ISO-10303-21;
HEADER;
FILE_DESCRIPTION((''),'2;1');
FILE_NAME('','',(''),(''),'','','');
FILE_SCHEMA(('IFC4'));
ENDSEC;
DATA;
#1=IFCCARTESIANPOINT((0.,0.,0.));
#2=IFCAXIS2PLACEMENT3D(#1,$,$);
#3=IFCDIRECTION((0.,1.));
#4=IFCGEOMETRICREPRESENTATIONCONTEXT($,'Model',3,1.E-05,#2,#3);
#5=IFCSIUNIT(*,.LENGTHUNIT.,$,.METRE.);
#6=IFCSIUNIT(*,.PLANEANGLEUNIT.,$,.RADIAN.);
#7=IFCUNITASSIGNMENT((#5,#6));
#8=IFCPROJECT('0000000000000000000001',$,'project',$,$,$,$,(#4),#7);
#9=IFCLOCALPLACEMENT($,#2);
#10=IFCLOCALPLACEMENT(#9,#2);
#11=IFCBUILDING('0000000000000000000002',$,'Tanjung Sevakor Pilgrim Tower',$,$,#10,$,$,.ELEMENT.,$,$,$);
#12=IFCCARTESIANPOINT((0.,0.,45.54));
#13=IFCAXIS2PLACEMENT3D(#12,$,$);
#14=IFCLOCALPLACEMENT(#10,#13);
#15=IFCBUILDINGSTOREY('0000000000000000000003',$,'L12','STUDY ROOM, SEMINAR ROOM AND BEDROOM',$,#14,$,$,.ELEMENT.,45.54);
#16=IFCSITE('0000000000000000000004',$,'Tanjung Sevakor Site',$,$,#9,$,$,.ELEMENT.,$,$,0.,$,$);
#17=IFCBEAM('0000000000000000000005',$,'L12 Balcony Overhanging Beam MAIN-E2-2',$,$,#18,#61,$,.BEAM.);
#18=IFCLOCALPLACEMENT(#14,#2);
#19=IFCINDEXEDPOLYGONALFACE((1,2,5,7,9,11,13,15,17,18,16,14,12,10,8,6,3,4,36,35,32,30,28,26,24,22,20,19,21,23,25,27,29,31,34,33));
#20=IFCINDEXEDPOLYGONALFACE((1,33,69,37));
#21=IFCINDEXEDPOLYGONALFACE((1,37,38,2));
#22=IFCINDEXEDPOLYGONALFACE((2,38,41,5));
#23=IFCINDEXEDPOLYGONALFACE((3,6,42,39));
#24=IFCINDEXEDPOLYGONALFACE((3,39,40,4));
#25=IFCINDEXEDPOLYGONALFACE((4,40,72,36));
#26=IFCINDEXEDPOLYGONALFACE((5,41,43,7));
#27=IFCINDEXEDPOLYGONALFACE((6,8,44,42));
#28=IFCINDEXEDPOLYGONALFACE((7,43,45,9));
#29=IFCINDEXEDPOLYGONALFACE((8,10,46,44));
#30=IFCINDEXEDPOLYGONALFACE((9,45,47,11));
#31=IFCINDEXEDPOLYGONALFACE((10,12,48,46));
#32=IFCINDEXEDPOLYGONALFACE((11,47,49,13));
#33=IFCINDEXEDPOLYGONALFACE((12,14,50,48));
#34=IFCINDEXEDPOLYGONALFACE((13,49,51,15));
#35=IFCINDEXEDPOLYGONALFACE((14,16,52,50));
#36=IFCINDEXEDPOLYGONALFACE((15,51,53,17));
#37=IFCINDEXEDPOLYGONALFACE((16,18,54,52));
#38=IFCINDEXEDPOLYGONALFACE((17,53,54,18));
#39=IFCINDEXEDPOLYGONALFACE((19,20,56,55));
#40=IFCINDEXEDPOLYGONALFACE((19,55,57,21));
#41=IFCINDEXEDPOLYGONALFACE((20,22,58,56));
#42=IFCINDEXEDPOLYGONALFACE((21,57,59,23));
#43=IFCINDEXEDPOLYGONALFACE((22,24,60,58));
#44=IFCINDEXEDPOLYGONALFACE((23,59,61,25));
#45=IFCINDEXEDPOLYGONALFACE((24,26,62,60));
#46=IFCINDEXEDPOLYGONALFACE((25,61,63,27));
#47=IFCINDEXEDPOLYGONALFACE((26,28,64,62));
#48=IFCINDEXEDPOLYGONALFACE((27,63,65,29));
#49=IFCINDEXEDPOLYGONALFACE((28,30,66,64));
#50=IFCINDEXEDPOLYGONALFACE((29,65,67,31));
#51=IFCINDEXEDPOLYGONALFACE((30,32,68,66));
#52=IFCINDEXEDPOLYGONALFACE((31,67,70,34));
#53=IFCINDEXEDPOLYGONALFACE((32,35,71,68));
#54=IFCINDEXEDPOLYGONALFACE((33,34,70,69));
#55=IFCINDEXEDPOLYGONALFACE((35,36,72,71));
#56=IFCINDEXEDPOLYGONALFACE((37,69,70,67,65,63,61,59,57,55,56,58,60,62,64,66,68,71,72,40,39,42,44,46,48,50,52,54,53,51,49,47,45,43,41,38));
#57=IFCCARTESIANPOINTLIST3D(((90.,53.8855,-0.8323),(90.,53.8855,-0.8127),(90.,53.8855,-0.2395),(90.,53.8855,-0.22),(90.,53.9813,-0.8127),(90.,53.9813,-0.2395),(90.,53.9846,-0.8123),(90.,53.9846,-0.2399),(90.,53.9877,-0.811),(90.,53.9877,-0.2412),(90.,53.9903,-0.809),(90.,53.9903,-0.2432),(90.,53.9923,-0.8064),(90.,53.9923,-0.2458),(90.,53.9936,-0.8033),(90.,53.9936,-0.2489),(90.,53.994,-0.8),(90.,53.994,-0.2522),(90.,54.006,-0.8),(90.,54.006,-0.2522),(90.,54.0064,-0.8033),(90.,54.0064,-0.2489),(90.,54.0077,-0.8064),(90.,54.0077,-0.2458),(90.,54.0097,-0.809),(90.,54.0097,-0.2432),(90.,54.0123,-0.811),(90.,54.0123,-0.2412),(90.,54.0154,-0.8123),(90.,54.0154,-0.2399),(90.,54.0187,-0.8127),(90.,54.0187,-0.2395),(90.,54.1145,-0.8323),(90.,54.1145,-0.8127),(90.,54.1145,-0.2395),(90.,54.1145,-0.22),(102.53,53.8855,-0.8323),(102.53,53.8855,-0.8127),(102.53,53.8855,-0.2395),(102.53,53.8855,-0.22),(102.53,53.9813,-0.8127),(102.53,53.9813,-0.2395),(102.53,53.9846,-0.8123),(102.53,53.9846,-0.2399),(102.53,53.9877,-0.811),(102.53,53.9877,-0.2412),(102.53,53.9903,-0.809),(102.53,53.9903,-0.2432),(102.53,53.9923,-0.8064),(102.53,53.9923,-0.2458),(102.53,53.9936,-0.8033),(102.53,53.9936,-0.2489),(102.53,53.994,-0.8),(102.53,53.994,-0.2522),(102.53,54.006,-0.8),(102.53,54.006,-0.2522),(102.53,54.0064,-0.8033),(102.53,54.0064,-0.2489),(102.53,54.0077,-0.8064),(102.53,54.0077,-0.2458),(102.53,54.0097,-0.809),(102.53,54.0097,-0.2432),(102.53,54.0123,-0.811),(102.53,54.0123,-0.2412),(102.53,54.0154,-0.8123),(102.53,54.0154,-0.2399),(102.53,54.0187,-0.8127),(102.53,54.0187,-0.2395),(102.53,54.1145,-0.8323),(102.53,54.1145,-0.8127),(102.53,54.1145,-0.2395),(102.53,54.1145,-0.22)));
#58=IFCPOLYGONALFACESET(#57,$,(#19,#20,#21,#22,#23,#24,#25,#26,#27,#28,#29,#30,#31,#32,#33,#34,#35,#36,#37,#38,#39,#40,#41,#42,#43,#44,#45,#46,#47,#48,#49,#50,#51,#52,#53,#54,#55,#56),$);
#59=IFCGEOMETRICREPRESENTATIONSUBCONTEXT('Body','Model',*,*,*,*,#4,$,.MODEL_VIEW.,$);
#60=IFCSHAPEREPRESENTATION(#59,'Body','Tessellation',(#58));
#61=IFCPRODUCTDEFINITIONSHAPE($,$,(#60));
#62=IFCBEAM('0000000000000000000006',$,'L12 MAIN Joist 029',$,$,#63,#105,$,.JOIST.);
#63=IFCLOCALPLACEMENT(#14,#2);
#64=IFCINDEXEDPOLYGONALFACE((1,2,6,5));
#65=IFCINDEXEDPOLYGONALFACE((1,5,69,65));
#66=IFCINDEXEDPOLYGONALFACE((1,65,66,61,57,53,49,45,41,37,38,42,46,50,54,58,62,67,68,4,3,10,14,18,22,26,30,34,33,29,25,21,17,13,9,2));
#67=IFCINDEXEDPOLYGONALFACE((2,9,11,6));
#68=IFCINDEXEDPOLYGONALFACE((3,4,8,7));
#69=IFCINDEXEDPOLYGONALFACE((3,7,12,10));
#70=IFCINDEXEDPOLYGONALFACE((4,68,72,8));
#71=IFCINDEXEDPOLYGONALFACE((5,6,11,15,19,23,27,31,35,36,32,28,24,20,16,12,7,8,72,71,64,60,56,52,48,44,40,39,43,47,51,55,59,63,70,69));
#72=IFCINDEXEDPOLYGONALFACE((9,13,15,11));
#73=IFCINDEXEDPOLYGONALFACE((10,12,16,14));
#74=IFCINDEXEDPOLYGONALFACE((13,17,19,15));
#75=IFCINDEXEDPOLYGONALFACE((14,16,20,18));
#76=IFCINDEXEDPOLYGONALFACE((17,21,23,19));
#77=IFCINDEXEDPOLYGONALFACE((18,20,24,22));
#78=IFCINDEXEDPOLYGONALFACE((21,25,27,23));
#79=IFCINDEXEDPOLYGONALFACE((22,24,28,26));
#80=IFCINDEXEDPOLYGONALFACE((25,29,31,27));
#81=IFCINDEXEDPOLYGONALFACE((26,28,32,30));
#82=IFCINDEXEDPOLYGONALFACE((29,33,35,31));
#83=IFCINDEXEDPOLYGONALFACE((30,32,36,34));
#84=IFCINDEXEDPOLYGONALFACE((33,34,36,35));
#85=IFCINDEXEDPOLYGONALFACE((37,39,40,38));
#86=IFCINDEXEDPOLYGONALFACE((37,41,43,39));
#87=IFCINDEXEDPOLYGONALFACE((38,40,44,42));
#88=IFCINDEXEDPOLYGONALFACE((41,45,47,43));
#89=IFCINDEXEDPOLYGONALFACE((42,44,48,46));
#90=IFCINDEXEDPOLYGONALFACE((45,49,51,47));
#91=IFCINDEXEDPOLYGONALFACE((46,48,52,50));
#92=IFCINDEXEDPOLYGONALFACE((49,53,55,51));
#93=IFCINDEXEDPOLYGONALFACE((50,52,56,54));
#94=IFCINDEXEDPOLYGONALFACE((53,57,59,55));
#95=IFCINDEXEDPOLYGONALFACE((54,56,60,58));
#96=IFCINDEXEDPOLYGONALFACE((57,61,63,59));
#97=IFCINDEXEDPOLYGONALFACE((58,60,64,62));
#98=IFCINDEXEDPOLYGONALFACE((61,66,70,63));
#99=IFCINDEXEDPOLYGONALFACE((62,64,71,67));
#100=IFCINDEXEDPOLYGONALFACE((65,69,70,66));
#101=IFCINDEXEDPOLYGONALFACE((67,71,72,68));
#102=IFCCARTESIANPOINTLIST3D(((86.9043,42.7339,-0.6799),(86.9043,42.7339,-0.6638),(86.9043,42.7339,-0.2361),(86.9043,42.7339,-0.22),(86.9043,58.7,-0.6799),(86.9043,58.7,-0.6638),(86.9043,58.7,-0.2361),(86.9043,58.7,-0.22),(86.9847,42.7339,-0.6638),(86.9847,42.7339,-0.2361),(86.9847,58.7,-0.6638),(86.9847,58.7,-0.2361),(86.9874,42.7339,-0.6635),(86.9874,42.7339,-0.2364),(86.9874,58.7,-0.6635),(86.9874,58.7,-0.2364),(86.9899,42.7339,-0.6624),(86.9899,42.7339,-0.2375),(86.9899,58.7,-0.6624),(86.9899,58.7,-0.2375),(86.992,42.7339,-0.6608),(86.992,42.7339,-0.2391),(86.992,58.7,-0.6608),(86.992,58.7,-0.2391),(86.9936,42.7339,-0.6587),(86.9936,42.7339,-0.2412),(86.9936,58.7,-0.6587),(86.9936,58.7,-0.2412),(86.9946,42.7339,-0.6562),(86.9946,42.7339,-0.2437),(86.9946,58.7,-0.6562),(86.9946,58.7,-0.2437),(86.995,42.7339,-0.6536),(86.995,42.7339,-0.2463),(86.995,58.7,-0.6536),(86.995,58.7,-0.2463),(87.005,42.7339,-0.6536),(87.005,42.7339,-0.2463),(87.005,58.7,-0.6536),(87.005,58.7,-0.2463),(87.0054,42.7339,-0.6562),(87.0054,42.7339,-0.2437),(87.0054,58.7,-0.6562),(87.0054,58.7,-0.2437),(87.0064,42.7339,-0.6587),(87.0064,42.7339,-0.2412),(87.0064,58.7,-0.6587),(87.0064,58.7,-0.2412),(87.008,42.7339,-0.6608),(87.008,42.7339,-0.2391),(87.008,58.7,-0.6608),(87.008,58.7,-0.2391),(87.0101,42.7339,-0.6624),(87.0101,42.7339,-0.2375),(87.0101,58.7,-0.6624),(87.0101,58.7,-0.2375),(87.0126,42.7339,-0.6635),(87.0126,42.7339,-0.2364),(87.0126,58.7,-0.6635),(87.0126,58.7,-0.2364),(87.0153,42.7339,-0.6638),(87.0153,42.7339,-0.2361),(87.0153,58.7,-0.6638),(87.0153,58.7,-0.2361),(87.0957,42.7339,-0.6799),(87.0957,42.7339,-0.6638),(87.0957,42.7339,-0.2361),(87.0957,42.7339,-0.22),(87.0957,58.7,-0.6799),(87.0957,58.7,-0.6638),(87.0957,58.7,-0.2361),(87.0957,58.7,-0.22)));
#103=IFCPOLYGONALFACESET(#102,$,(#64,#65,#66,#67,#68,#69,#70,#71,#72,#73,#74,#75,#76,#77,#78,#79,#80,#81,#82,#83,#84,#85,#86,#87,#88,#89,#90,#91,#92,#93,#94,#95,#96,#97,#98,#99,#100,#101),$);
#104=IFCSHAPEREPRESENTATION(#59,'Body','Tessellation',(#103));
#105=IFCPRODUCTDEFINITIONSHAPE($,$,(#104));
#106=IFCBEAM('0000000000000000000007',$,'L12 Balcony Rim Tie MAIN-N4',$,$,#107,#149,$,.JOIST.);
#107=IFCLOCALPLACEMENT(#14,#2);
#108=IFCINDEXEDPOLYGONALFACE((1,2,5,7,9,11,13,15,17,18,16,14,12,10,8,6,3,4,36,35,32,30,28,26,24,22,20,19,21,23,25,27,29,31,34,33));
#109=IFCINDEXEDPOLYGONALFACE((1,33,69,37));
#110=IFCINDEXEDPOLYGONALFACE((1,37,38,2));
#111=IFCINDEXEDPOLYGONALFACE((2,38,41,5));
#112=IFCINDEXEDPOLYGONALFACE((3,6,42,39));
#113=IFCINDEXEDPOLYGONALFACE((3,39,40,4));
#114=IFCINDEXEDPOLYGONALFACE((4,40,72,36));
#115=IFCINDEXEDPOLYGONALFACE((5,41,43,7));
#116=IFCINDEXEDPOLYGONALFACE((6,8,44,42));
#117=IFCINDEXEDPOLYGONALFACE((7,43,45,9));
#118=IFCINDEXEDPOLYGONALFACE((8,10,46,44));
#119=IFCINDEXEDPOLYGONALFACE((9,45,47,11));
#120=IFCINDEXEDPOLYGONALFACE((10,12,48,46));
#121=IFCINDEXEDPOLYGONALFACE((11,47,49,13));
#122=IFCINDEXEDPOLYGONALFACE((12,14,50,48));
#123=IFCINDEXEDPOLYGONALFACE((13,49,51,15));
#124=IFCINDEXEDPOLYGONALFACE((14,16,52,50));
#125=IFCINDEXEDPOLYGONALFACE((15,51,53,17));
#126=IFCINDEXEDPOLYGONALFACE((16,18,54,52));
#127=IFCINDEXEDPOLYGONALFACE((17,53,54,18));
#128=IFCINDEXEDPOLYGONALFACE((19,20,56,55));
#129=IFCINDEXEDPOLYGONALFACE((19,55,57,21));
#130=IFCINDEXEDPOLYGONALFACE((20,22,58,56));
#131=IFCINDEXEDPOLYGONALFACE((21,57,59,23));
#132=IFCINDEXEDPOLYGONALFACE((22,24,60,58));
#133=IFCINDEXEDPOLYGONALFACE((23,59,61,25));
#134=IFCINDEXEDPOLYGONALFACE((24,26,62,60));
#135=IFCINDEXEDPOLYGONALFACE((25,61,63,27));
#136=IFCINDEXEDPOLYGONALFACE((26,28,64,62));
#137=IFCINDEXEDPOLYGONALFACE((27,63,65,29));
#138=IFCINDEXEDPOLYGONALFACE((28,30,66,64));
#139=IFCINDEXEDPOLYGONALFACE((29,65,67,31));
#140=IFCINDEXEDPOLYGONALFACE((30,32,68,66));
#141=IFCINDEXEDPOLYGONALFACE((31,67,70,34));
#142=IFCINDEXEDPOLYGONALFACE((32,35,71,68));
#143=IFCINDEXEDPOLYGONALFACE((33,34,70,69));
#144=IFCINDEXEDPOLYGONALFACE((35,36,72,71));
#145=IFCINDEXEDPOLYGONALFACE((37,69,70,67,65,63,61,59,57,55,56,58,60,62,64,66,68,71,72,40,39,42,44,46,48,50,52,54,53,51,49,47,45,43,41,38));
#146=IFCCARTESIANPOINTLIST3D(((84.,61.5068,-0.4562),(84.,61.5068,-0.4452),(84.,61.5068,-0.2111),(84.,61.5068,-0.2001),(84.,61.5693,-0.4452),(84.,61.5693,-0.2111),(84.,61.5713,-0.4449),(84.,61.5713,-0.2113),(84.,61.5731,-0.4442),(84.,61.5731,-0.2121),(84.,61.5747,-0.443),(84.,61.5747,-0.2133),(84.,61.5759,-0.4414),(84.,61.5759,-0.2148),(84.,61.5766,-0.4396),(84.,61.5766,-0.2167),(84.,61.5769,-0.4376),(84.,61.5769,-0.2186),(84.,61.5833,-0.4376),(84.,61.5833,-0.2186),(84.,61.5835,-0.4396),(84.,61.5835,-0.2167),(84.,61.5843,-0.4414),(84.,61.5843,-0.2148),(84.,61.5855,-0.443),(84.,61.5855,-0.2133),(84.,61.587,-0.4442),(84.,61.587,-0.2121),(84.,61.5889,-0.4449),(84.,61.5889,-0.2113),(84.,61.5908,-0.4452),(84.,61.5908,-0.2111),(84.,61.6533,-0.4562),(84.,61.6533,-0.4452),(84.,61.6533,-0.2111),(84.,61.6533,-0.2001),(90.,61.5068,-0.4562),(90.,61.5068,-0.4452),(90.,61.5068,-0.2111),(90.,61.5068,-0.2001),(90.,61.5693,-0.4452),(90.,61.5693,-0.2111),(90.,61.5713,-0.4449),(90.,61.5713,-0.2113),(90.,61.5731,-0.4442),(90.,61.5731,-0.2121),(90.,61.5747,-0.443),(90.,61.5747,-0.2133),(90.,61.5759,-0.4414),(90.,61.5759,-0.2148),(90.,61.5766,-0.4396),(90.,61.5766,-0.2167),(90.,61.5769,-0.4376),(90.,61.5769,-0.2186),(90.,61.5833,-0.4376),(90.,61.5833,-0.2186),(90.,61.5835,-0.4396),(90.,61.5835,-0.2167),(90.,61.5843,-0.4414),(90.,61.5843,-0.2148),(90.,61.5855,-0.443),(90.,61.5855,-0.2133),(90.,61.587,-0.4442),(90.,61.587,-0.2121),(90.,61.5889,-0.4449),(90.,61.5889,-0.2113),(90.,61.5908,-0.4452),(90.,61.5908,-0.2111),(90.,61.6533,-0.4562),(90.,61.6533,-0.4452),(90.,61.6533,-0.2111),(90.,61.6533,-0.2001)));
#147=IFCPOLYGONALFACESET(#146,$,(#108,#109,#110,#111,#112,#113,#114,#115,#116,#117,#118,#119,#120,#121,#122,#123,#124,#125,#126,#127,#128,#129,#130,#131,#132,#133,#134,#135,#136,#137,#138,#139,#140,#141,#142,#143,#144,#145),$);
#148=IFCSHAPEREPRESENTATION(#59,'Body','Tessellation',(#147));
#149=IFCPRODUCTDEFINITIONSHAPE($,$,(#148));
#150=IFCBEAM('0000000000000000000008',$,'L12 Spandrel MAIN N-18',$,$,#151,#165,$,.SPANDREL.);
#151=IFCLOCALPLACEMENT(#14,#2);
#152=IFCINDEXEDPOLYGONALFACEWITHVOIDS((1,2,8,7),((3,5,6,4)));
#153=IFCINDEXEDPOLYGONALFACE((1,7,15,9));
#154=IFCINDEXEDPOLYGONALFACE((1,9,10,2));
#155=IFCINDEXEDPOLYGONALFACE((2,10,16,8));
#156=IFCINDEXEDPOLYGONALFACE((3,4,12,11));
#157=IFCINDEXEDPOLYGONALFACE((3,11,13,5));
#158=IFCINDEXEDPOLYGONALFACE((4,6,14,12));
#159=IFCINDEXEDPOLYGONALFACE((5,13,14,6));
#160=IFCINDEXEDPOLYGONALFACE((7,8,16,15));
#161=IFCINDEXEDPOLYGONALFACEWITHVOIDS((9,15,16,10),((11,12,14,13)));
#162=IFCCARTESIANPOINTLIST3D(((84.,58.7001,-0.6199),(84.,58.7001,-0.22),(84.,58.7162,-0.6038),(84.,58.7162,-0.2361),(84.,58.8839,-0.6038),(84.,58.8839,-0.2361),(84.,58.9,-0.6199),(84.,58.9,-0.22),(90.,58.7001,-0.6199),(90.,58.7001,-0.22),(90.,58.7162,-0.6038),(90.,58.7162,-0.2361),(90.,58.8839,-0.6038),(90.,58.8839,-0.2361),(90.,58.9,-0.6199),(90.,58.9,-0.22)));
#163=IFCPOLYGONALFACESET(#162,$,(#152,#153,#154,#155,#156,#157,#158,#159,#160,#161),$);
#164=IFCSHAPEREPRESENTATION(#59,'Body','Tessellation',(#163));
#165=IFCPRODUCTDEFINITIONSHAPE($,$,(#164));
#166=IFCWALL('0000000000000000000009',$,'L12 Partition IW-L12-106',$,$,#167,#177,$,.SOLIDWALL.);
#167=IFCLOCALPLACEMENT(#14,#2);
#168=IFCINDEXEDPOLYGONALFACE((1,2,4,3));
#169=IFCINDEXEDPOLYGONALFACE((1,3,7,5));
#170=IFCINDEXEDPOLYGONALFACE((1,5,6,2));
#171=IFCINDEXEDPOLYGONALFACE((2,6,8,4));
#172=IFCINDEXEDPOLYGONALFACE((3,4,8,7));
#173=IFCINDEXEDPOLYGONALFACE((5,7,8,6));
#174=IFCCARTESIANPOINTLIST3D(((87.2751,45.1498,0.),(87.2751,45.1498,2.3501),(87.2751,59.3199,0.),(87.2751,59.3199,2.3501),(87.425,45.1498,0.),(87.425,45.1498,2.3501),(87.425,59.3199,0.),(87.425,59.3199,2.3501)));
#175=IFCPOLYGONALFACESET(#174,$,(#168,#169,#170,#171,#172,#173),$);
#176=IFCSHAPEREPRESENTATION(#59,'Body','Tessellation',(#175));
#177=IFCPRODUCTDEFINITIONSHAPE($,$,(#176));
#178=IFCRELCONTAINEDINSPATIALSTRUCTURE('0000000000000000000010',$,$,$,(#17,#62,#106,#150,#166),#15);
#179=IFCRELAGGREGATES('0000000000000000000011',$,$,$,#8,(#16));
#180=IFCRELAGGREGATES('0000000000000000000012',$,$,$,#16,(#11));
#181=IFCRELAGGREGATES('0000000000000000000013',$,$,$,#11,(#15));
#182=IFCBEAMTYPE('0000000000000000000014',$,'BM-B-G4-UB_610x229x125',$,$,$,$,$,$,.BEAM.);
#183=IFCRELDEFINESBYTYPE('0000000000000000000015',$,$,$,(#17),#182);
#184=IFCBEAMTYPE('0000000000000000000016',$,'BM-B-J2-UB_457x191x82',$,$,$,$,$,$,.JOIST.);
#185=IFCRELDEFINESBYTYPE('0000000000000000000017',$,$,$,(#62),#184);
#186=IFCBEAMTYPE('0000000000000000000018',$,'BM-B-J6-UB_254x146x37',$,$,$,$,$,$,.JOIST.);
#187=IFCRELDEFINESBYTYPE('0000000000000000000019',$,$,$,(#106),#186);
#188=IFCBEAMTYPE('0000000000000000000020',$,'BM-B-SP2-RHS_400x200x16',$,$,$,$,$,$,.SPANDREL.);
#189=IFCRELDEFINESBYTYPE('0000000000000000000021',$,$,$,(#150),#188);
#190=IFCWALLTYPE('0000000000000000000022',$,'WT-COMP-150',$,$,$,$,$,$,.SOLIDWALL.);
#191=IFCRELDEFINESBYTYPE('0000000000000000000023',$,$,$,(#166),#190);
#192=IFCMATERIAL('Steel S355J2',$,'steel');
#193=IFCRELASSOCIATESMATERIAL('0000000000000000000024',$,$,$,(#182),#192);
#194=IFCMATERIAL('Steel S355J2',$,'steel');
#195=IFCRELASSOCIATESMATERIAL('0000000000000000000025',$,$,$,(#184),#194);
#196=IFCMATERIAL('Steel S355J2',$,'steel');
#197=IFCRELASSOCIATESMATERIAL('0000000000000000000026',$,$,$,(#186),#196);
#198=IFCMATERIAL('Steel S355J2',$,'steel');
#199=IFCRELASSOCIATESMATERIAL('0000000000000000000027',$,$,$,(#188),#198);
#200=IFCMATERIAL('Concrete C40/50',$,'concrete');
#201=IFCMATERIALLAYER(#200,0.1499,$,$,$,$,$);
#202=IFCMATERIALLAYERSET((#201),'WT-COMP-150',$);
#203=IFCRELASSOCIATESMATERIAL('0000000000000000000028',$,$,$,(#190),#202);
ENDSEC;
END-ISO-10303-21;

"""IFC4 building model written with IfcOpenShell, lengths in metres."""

from ifc_helpers import new_model, si_unit, direction, frame, frame_2d, origin, origin_2d, place, context, subcontext, project, spatial, rectangle, hollow_rectangle, i_section, extrude, material, layer, layer_set, material_profile, profile_set, type_object, element, save


model = new_model("IFC4")

# Units and contexts
model_context = context("Model", 3, precision=1e-05, world=origin(), true_north=direction((0.0, 1.0)))
body_context = subcontext(model_context, "Body", "Model", "MODEL_VIEW")
ifc_project = project(units=[si_unit("LENGTHUNIT", "METRE"), si_unit("PLANEANGLEUNIT", "RADIAN")], contexts=[model_context])

# Site, building, storey
site_placement = place(None, origin())
site = spatial("IfcSite", under=ifc_project, at=site_placement, Name="Tanjung Sevakor Site", CompositionType="ELEMENT", RefElevation=0.0)
building_placement = place(site_placement, origin())
building = spatial("IfcBuilding", under=site, at=building_placement, Name="Tanjung Sevakor Pilgrim Tower", CompositionType="ELEMENT")
storey_placement = place(building_placement, frame((0.0, 0.0, 45.54)))
storey = spatial("IfcBuildingStorey", under=building, at=storey_placement, Name="L12", Description="STUDY ROOM, SEMINAR ROOM AND BEDROOM", CompositionType="ELEMENT", Elevation=45.54)

# Beams
ifc_material_1 = material(Name="Steel S355J2", Category="steel")
ifc_material_profile_1 = material_profile(ifc_material_1, i_section(OverallWidth=0.229, OverallDepth=0.6123, WebThickness=0.012, FlangeThickness=0.0195, FilletRadius=0.0127, at=origin_2d()))
ifc_profile_set_1 = profile_set([ifc_material_profile_1], Name="Steel S355J2")
beam_type_1 = type_object("IfcBeamType", Name="BM-B-G4-UB_610x229x125", PredefinedType="BEAM", material=ifc_profile_set_1)
for number, where, z_axis, x_axis, name in (
    (1, (90.0, 54.0, -0.5261), (1.0, 0.0, 0.0), (0.0, 1.0, 0.0), "L12 Balcony Overhanging Beam MAIN-E2-2"),
):
    element("IfcBeam", number, at=place(storey_placement, frame(where, z_axis=z_axis, x_axis=x_axis)), inside=storey, type_object=beam_type_1, Name=name, PredefinedType="BEAM", context=body_context, shape_type="SweptSolid", body=[
        extrude(i_section(OverallWidth=0.229, OverallDepth=0.6123, WebThickness=0.012, FlangeThickness=0.0195, FilletRadius=0.0127, at=origin_2d()), origin(), (0.0, 0.0, 1.0), 12.53),
    ])
ifc_material_2 = material(Name="Steel S355J2", Category="steel")
ifc_material_profile_2 = material_profile(ifc_material_2, i_section(OverallWidth=0.1914, OverallDepth=0.46, WebThickness=0.01, FlangeThickness=0.0161, FilletRadius=0.0103, at=origin_2d()))
ifc_profile_set_2 = profile_set([ifc_material_profile_2], Name="Steel S355J2")
beam_type_2 = type_object("IfcBeamType", Name="BM-B-J2-UB_457x191x82", PredefinedType="JOIST", material=ifc_profile_set_2)
beam_1_placement = place(storey_placement, frame((87.0, 42.7339, -0.45), z_axis=(0.0, 1.0, 0.0), x_axis=(-1.0, 0.0, 0.0)))
element("IfcBeam", 2, at=beam_1_placement, inside=storey, type_object=beam_type_2, Name="L12 MAIN Joist 029", PredefinedType="JOIST", context=body_context, shape_type="SweptSolid", body=[
    extrude(i_section(OverallWidth=0.1914, OverallDepth=0.46, WebThickness=0.01, FlangeThickness=0.0161, FilletRadius=0.0103, at=origin_2d()), origin(), (0.0, 0.0, 1.0), 15.9661),
])
ifc_material_3 = material(Name="Steel S355J2", Category="steel")
ifc_material_profile_3 = material_profile(ifc_material_3, i_section(OverallWidth=0.1465, OverallDepth=0.2561, WebThickness=0.0063, FlangeThickness=0.011, FilletRadius=0.0076, at=origin_2d()))
ifc_profile_set_3 = profile_set([ifc_material_profile_3], Name="Steel S355J2")
beam_type_3 = type_object("IfcBeamType", Name="BM-B-J6-UB_254x146x37", PredefinedType="JOIST", material=ifc_profile_set_3)
beam_2_placement = place(storey_placement, frame((84.0, 61.5801, -0.3281), z_axis=(1.0, 0.0, 0.0), x_axis=(0.0, 1.0, 0.0)))
element("IfcBeam", 3, at=beam_2_placement, inside=storey, type_object=beam_type_3, Name="L12 Balcony Rim Tie MAIN-N4", PredefinedType="JOIST", context=body_context, shape_type="SweptSolid", body=[
    extrude(i_section(OverallWidth=0.1465, OverallDepth=0.2561, WebThickness=0.0063, FlangeThickness=0.011, FilletRadius=0.0076, at=origin_2d()), origin(), (0.0, 0.0, 1.0), 6.0),
])
ifc_material_4 = material(Name="Steel S355J2", Category="steel")
ifc_material_profile_4 = material_profile(ifc_material_4, hollow_rectangle(XDim=0.2, YDim=0.3999, WallThickness=0.0161, at=origin_2d()))
ifc_profile_set_4 = profile_set([ifc_material_profile_4], Name="Steel S355J2")
beam_type_4 = type_object("IfcBeamType", Name="BM-B-SP2-RHS_400x200x16", PredefinedType="SPANDREL", material=ifc_profile_set_4)
beam_3_placement = place(storey_placement, frame((84.0, 58.8, -0.4199), z_axis=(1.0, 0.0, 0.0), x_axis=(0.0, 1.0, 0.0)))
element("IfcBeam", 4, at=beam_3_placement, inside=storey, type_object=beam_type_4, Name="L12 Spandrel MAIN N-18", PredefinedType="SPANDREL", context=body_context, shape_type="SweptSolid", body=[
    extrude(hollow_rectangle(XDim=0.2, YDim=0.3999, WallThickness=0.0161, at=origin_2d()), origin(), (0.0, 0.0, 1.0), 6.0),
])

# Wall
ifc_material_5 = material(Name="Concrete C40/50", Category="concrete")
ifc_layer_1 = layer(ifc_material_5, 0.1499)
ifc_layer_set_1 = layer_set([ifc_layer_1], Name="WT-COMP-150")
wall_type_1 = type_object("IfcWallType", Name="WT-COMP-150", PredefinedType="SOLIDWALL", material=ifc_layer_set_1)
wall_1_placement = place(storey_placement, frame((87.3501, 45.1499, 0.0), z_axis=(0.0, 0.0, 1.0), x_axis=(0.0, 1.0, 0.0)))
element("IfcWall", 5, at=wall_1_placement, inside=storey, type_object=wall_type_1, Name="L12 Partition IW-L12-106", PredefinedType="SOLIDWALL", context=body_context, shape_type="SweptSolid", body=[
    extrude(rectangle(XDim=14.1702, YDim=0.1499, at=frame_2d((7.085, 0.0))), origin(), (0.0, 0.0, 1.0), 2.3501),
])

save(model, "model.ifc")
